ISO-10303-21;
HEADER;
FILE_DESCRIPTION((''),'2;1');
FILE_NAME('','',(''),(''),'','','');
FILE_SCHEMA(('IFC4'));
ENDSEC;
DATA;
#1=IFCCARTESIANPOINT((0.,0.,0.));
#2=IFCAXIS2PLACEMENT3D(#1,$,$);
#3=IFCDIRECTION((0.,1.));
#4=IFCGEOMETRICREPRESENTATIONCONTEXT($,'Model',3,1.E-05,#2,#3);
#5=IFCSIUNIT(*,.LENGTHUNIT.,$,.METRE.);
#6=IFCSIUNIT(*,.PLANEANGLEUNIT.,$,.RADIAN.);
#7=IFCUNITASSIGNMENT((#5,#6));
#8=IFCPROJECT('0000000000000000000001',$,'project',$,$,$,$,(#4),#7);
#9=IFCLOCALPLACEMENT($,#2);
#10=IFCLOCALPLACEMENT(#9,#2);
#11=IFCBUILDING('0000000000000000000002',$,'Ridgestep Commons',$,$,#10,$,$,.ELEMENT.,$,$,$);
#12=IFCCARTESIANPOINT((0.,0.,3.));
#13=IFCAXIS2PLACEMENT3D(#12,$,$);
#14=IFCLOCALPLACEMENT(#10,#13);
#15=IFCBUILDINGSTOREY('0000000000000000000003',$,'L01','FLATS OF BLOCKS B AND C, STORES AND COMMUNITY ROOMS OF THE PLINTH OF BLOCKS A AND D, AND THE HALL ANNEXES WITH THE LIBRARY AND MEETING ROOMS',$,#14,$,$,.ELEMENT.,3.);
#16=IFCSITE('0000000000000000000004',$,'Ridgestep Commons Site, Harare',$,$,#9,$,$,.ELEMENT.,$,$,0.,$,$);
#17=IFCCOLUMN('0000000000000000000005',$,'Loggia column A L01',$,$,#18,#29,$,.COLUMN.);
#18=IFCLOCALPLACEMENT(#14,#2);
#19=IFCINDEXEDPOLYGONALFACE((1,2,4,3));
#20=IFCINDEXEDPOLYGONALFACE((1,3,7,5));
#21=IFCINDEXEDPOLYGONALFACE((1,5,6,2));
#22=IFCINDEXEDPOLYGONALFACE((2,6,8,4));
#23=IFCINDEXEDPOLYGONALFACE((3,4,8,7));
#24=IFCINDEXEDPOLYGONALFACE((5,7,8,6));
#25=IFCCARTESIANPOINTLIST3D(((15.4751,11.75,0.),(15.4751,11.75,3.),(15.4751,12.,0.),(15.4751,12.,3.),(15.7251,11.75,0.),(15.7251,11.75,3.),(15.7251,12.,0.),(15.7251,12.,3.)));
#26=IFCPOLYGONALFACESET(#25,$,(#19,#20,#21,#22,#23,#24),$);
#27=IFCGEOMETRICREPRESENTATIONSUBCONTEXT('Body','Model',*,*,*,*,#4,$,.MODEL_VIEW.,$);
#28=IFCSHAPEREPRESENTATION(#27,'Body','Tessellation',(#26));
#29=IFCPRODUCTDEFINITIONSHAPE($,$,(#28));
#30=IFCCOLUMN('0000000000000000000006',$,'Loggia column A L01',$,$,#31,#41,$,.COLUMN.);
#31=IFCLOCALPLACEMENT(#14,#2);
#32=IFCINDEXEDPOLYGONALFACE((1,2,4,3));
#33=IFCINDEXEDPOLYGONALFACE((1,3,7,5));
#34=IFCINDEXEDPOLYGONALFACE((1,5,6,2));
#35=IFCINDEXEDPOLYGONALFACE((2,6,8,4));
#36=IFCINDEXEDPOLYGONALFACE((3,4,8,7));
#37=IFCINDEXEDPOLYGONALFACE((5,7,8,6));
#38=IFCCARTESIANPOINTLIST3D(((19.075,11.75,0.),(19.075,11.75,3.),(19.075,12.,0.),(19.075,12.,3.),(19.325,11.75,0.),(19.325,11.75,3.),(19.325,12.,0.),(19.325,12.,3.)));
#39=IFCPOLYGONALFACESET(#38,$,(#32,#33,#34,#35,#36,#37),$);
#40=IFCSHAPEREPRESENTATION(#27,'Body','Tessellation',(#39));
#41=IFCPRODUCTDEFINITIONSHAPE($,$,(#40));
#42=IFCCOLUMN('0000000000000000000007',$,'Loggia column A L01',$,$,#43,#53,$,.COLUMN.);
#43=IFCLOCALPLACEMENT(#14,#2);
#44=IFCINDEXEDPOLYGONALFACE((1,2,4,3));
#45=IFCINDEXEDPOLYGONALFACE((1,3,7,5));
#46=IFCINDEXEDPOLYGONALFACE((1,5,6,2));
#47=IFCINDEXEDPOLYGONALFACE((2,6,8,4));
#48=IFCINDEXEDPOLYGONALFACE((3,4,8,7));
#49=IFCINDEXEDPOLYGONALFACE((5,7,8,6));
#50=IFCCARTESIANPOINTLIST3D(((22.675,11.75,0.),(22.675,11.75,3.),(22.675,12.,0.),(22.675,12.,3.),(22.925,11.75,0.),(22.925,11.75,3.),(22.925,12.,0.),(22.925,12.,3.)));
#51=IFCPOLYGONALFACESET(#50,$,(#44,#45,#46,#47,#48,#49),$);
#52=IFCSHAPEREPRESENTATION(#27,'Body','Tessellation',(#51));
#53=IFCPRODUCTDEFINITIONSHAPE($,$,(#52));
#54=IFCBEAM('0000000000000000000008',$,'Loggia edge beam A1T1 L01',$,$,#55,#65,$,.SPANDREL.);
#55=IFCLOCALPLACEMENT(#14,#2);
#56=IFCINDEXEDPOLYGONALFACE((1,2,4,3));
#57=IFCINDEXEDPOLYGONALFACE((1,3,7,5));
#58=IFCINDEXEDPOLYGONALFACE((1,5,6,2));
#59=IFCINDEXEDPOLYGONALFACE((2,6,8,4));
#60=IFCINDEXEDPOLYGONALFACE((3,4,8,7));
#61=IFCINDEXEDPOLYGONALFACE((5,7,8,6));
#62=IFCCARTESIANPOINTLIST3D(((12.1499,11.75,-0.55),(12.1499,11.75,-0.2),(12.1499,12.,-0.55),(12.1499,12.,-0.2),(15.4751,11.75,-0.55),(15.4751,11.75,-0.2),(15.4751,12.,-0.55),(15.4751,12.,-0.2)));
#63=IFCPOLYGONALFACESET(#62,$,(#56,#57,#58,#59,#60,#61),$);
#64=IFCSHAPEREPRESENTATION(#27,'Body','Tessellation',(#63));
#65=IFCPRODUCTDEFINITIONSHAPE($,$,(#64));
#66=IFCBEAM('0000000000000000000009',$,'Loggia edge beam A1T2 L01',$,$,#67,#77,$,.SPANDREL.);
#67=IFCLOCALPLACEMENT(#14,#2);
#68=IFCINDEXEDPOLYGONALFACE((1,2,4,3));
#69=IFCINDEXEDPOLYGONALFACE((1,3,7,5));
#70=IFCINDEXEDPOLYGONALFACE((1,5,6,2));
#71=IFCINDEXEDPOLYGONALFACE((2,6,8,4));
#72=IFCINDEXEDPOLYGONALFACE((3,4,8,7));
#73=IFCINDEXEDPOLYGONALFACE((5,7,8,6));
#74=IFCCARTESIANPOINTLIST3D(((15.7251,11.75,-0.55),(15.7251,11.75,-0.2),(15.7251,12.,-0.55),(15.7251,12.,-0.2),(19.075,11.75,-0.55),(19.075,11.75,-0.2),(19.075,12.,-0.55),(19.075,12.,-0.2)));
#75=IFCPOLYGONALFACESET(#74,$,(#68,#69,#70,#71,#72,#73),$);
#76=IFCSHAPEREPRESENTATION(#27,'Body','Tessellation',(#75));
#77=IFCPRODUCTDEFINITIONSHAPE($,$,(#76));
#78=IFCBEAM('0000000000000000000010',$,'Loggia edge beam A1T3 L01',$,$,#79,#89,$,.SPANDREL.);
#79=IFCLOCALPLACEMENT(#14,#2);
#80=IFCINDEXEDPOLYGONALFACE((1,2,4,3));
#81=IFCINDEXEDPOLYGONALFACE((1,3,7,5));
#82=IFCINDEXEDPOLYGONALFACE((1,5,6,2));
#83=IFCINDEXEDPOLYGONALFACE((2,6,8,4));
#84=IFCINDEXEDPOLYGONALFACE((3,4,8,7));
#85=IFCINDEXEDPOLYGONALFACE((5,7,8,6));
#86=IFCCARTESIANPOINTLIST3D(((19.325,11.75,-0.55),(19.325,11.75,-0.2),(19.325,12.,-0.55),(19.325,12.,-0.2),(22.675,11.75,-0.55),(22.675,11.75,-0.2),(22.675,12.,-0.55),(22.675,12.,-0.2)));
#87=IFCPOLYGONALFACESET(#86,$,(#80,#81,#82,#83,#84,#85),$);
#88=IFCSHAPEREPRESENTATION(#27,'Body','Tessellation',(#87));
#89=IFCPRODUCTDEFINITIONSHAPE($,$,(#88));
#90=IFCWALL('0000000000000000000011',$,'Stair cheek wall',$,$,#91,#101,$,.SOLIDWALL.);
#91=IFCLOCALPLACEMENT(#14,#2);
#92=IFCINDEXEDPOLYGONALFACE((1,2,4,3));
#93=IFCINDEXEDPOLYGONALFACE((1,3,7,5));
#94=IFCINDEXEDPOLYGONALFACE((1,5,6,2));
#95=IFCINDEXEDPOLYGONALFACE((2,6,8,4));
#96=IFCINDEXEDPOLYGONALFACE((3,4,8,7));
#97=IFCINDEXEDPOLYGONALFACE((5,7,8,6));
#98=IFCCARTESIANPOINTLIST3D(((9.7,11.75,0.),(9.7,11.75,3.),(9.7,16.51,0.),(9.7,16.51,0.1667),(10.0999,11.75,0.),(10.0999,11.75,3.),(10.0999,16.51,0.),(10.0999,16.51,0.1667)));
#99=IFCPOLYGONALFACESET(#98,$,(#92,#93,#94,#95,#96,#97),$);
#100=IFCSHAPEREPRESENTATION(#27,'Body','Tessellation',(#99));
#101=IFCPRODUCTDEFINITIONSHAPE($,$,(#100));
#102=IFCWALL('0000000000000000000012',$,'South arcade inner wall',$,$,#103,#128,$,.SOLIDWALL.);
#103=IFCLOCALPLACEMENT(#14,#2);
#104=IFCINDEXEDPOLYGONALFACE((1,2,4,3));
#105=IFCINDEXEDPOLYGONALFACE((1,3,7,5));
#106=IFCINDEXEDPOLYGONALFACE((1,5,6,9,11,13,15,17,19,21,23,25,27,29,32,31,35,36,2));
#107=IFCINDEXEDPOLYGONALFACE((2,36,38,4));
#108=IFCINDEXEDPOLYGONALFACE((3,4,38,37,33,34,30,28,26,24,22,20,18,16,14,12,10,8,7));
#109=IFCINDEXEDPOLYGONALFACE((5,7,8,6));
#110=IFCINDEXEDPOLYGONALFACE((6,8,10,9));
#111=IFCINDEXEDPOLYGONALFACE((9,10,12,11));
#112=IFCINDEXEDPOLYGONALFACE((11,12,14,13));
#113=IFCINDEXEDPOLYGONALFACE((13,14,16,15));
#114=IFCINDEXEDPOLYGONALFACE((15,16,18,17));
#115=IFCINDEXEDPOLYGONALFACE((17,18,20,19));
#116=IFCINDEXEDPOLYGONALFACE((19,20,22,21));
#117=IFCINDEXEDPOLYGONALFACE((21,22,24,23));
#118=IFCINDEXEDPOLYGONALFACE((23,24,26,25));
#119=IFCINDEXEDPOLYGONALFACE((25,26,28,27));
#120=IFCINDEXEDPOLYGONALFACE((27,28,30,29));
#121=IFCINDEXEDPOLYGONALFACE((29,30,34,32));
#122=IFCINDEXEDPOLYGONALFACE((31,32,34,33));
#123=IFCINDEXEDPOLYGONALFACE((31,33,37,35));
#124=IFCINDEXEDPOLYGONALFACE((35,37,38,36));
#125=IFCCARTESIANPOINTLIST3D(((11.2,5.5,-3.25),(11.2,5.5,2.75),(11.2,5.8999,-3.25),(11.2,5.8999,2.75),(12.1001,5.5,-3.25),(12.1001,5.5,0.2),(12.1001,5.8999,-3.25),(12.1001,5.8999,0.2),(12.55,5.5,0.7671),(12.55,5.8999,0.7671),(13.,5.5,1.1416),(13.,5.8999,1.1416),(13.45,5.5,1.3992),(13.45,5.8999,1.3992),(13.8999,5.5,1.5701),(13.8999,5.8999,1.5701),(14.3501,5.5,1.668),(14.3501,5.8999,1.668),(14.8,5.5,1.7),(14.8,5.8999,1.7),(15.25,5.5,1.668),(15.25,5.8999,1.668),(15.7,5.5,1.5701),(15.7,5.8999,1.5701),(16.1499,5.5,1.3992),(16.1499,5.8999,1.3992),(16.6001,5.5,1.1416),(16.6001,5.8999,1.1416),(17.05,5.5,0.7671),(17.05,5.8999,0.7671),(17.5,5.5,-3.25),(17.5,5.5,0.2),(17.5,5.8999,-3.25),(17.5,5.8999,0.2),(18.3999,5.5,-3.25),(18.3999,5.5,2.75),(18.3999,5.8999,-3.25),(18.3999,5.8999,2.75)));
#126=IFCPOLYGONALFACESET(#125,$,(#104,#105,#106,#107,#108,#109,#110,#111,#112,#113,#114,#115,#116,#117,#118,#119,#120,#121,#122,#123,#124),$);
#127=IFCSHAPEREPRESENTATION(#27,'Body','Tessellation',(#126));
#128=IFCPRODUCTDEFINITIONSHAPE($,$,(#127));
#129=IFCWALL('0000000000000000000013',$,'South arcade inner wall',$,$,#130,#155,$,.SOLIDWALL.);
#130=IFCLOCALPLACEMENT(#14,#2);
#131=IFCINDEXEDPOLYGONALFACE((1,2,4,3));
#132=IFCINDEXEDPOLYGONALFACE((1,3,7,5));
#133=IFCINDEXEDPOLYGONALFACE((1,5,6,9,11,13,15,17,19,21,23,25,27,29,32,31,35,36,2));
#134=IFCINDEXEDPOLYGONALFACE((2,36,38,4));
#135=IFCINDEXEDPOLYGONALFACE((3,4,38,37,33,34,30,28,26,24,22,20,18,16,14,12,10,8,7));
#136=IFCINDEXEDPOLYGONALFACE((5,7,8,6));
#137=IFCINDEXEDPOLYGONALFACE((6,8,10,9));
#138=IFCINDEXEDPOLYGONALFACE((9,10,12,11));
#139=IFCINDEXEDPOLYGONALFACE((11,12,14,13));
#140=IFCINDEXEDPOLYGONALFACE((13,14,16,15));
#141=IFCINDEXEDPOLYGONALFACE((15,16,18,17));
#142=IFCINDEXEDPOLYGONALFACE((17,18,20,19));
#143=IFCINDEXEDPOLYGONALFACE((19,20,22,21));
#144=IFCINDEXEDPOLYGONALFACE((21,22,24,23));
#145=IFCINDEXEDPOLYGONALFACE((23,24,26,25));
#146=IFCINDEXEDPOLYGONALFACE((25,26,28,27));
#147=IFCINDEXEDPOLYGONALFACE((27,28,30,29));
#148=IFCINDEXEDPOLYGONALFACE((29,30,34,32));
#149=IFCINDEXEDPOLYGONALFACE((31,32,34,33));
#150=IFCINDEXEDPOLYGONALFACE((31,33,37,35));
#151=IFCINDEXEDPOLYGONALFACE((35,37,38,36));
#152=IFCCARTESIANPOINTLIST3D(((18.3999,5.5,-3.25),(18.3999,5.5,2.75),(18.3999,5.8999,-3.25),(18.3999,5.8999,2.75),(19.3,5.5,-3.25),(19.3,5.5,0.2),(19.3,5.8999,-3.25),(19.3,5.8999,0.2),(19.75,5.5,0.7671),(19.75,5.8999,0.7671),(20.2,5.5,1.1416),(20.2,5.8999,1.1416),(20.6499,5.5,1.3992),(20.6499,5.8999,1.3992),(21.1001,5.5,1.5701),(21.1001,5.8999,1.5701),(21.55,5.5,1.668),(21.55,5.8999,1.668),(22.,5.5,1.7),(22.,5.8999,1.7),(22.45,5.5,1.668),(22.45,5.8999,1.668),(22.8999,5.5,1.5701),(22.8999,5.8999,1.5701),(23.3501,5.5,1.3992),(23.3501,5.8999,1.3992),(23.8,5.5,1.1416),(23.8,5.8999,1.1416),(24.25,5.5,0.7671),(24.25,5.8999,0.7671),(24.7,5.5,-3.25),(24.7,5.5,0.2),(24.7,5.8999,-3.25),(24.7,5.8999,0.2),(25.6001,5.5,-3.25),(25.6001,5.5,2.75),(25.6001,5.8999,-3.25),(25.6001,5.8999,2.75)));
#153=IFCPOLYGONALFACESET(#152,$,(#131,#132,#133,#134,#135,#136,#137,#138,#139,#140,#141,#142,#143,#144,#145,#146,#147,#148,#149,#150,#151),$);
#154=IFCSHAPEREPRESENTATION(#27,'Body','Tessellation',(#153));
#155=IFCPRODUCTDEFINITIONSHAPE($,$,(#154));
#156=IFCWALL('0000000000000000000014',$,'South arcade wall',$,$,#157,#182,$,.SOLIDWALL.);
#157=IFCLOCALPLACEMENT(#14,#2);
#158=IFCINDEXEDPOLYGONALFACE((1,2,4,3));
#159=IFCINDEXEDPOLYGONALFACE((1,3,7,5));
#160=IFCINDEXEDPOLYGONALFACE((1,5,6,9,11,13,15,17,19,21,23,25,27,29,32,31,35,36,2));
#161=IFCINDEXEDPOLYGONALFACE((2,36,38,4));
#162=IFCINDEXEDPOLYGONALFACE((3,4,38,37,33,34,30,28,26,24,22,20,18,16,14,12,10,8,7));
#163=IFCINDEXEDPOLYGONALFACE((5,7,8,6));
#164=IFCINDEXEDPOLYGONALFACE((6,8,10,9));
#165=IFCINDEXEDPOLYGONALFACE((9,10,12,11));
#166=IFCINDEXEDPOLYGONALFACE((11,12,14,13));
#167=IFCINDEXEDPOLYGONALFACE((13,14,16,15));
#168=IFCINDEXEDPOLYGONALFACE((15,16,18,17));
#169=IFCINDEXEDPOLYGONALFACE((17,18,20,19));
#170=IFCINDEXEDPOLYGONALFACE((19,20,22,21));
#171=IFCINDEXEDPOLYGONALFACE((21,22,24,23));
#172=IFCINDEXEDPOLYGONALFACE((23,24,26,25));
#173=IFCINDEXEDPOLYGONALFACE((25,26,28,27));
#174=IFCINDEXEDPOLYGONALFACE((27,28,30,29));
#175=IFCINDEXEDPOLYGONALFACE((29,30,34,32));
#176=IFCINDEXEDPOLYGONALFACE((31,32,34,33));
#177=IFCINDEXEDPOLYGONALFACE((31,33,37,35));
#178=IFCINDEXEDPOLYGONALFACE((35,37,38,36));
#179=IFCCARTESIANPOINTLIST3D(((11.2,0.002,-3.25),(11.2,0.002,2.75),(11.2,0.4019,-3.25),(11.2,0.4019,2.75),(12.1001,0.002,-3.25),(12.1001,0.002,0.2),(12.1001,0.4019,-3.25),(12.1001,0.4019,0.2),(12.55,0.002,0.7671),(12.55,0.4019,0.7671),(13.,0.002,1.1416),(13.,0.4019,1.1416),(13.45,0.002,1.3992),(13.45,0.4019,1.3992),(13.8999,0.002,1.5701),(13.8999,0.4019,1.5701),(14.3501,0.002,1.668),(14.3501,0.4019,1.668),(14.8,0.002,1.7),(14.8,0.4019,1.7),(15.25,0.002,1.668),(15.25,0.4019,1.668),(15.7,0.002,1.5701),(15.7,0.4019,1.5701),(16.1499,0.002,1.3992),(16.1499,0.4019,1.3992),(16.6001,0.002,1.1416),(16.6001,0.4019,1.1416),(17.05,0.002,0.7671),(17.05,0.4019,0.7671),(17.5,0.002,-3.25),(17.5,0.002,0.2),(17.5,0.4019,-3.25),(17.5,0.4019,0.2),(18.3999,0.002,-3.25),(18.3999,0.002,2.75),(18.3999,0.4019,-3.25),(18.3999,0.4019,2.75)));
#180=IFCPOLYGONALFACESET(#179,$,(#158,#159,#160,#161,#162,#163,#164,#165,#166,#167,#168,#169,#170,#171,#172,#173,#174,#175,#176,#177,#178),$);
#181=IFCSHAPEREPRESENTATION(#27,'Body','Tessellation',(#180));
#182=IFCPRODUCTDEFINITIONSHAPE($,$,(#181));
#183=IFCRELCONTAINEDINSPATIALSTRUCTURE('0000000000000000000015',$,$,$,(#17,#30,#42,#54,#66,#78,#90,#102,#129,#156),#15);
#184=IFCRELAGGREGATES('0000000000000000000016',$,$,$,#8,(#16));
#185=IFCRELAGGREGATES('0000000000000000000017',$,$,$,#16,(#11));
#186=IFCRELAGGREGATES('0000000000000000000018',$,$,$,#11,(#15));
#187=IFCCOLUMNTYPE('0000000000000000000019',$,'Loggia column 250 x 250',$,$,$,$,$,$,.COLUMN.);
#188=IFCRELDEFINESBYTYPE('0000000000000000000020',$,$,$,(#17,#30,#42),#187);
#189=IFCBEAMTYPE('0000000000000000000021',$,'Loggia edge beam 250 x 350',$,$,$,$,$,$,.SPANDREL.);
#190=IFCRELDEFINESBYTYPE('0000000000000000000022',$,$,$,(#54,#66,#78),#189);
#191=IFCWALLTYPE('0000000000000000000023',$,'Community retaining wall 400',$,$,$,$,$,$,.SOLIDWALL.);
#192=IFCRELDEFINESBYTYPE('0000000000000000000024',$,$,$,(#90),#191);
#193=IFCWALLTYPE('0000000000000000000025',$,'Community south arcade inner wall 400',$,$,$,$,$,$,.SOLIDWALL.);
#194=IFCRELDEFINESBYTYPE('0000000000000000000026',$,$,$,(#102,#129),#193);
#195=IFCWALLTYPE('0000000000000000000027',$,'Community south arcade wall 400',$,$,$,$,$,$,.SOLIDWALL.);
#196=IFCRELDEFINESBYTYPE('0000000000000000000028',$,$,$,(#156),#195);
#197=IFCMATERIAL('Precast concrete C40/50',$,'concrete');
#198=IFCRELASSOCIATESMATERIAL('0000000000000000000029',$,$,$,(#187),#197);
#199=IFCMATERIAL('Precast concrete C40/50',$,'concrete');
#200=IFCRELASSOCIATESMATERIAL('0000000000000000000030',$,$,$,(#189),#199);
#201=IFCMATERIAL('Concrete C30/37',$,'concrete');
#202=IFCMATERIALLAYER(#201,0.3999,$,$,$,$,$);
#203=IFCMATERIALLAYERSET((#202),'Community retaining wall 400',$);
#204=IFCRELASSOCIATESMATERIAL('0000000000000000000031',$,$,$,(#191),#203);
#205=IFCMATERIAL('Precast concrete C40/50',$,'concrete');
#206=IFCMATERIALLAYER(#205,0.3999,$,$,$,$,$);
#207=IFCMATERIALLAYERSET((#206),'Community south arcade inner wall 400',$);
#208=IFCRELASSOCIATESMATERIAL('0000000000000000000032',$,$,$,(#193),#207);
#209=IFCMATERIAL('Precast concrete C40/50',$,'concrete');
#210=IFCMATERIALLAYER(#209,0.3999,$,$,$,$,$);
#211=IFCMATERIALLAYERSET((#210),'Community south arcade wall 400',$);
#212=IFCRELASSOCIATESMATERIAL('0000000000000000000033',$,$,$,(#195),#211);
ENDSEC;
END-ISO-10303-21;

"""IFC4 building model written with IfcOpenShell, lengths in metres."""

from ifc_helpers import new_model, si_unit, direction, frame, origin, origin_2d, place, context, subcontext, project, spatial, polyline, rectangle, outline, extrude, material, layer, layer_set, material_profile, profile_set, type_object, element, save


model = new_model("IFC4")

# Units and contexts
model_context = context("Model", 3, precision=1e-05, world=origin(), true_north=direction((0.0, 1.0)))
body_context = subcontext(model_context, "Body", "Model", "MODEL_VIEW")
ifc_project = project(units=[si_unit("LENGTHUNIT", "METRE"), si_unit("PLANEANGLEUNIT", "RADIAN")], contexts=[model_context])

# Site, building, storey
site_placement = place(None, origin())
site = spatial("IfcSite", under=ifc_project, at=site_placement, Name="Ridgestep Commons Site, Harare", CompositionType="ELEMENT", RefElevation=0.0)
building_placement = place(site_placement, origin())
building = spatial("IfcBuilding", under=site, at=building_placement, Name="Ridgestep Commons", CompositionType="ELEMENT")
storey_placement = place(building_placement, frame((0.0, 0.0, 3.0)))
storey = spatial("IfcBuildingStorey", under=building, at=storey_placement, Name="L01", Description="FLATS OF BLOCKS B AND C, STORES AND COMMUNITY ROOMS OF THE PLINTH OF BLOCKS A AND D, AND THE HALL ANNEXES WITH THE LIBRARY AND MEETING ROOMS", CompositionType="ELEMENT", Elevation=3.0)

# Columns
ifc_material_1 = material(Name="Precast concrete C40/50", Category="concrete")
ifc_material_profile_1 = material_profile(ifc_material_1, rectangle(XDim=0.25, YDim=0.25, at=origin_2d()), Name="PC 250x250")
ifc_profile_set_1 = profile_set([ifc_material_profile_1], Name="Precast concrete C40/50")
column_type = type_object("IfcColumnType", Name="Loggia column 250 x 250", PredefinedType="COLUMN", material=ifc_profile_set_1)
for number, where, z_axis, x_axis, name in (
    (1, (15.6001, 11.875, 0.0), (0.0, 0.0, 1.0), (1.0, 0.0, 0.0), "Loggia column A L01"),
    (2, (19.2, 11.875, 0.0), (0.0, 0.0, 1.0), (1.0, 0.0, 0.0), "Loggia column A L01"),
    (3, (22.8, 11.875, 0.0), (0.0, 0.0, 1.0), (1.0, 0.0, 0.0), "Loggia column A L01"),
):
    element("IfcColumn", number, at=place(storey_placement, frame(where, z_axis=z_axis, x_axis=x_axis)), inside=storey, type_object=column_type, Name=name, PredefinedType="COLUMN", context=body_context, shape_type="SweptSolid", body=[
        extrude(rectangle(XDim=0.25, YDim=0.25, at=origin_2d()), origin(), (0.0, 0.0, 1.0), 3.0),
    ])

# Beams
ifc_material_2 = material(Name="Precast concrete C40/50", Category="concrete")
ifc_material_profile_2 = material_profile(ifc_material_2, rectangle(XDim=0.25, YDim=0.3501, at=origin_2d()), Name="PC 250x350")
ifc_profile_set_2 = profile_set([ifc_material_profile_2], Name="Precast concrete C40/50")
beam_type = type_object("IfcBeamType", Name="Loggia edge beam 250 x 350", PredefinedType="SPANDREL", material=ifc_profile_set_2)
beam_1_placement = place(storey_placement, frame((12.1499, 11.875, -0.375), z_axis=(1.0, 0.0, 0.0), x_axis=(0.0, 1.0, 0.0)))
element("IfcBeam", 4, at=beam_1_placement, inside=storey, type_object=beam_type, Name="Loggia edge beam A1T1 L01", PredefinedType="SPANDREL", context=body_context, shape_type="SweptSolid", body=[
    extrude(rectangle(XDim=0.25, YDim=0.3501, at=origin_2d()), origin(), (0.0, 0.0, 1.0), 3.3252),
])
beam_2_placement = place(storey_placement, frame((15.7251, 11.875, -0.375), z_axis=(1.0, 0.0, 0.0), x_axis=(0.0, 1.0, 0.0)))
element("IfcBeam", 5, at=beam_2_placement, inside=storey, type_object=beam_type, Name="Loggia edge beam A1T2 L01", PredefinedType="SPANDREL", context=body_context, shape_type="SweptSolid", body=[
    extrude(rectangle(XDim=0.25, YDim=0.3501, at=origin_2d()), origin(), (0.0, 0.0, 1.0), 3.3499),
])
beam_3_placement = place(storey_placement, frame((19.325, 11.875, -0.375), z_axis=(1.0, 0.0, 0.0), x_axis=(0.0, 1.0, 0.0)))
element("IfcBeam", 6, at=beam_3_placement, inside=storey, type_object=beam_type, Name="Loggia edge beam A1T3 L01", PredefinedType="SPANDREL", context=body_context, shape_type="SweptSolid", body=[
    extrude(rectangle(XDim=0.25, YDim=0.3501, at=origin_2d()), origin(), (0.0, 0.0, 1.0), 3.3501),
])

# Walls
ifc_material_3 = material(Name="Concrete C30/37", Category="concrete")
ifc_layer_1 = layer(ifc_material_3, 0.3999)
ifc_layer_set_1 = layer_set([ifc_layer_1], Name="Community retaining wall 400")
wall_type_1 = type_object("IfcWallType", Name="Community retaining wall 400", PredefinedType="SOLIDWALL", material=ifc_layer_set_1)
wall_1_placement = place(storey_placement, frame((9.8999, 11.75, 0.0), z_axis=(0.0, 0.0, 1.0), x_axis=(0.0, 1.0, 0.0)))
element("IfcWall", 7, at=wall_1_placement, inside=storey, type_object=wall_type_1, Name="Stair cheek wall", PredefinedType="SOLIDWALL", context=body_context, shape_type="SweptSolid", body=[
    extrude(outline(polyline([(0.0, 0.0), (4.76, 0.0), (4.76, 0.1667), (0.0, 3.0), (0.0, 0.0)])), frame((0.0, 0.2, 0.0), z_axis=(0.0, -1.0, 0.0), x_axis=(1.0, 0.0, 0.0)), (0.0, 0.0, 1.0), 0.3999),
])
ifc_material_4 = material(Name="Precast concrete C40/50", Category="concrete")
ifc_layer_2 = layer(ifc_material_4, 0.3999)
ifc_layer_set_2 = layer_set([ifc_layer_2], Name="Community south arcade inner wall 400")
wall_type_2 = type_object("IfcWallType", Name="Community south arcade inner wall 400", PredefinedType="SOLIDWALL", material=ifc_layer_set_2)
wall_2_placement = place(storey_placement, frame((11.2, 5.5, -3.25), z_axis=(0.0, -1.0, 0.0), x_axis=(1.0, 0.0, 0.0)))
element("IfcWall", 8, at=wall_2_placement, inside=storey, type_object=wall_type_2, Name="South arcade inner wall", PredefinedType="SOLIDWALL", context=body_context, shape_type="SweptSolid", body=[
    extrude(outline(polyline([(0.0, 0.0), (0.9001, 0.0), (0.9001, 3.45), (1.3501, 4.0171), (1.8, 4.3916), (2.25, 4.6492), (2.7, 4.8201), (3.1501, 4.918), (3.6001, 4.95), (4.05, 4.918), (4.5, 4.8201), (4.95, 4.6492), (5.4001, 4.3916), (5.8501, 4.0171), (6.3, 3.45), (6.3, 0.0), (7.2, 0.0), (7.2, 6.0), (0.0, 6.0), (0.0, 0.0)])), origin(), (0.0, 0.0, -1.0), 0.3999),
])
wall_3_placement = place(storey_placement, frame((18.3999, 5.5, -3.25), z_axis=(0.0, -1.0, 0.0), x_axis=(1.0, 0.0, 0.0)))
element("IfcWall", 9, at=wall_3_placement, inside=storey, type_object=wall_type_2, Name="South arcade inner wall", PredefinedType="SOLIDWALL", context=body_context, shape_type="SweptSolid", body=[
    extrude(outline(polyline([(0.0, 0.0), (0.9001, 0.0), (0.9001, 3.45), (1.3501, 4.0171), (1.8, 4.3916), (2.25, 4.6492), (2.7002, 4.8201), (3.1501, 4.918), (3.6001, 4.95), (4.05, 4.918), (4.5, 4.8201), (4.9502, 4.6492), (5.4001, 4.3916), (5.8501, 4.0171), (6.3, 3.45), (6.3, 0.0), (7.2002, 0.0), (7.2002, 6.0), (0.0, 6.0), (0.0, 0.0)])), origin(), (0.0, 0.0, -1.0), 0.3999),
])
ifc_material_5 = material(Name="Precast concrete C40/50", Category="concrete")
ifc_layer_3 = layer(ifc_material_5, 0.3999)
ifc_layer_set_3 = layer_set([ifc_layer_3], Name="Community south arcade wall 400")
wall_type_3 = type_object("IfcWallType", Name="Community south arcade wall 400", PredefinedType="SOLIDWALL", material=ifc_layer_set_3)
wall_4_placement = place(storey_placement, frame((11.2, 0.002, -3.25), z_axis=(0.0, -1.0, 0.0), x_axis=(1.0, 0.0, 0.0)))
element("IfcWall", 10, at=wall_4_placement, inside=storey, type_object=wall_type_3, Name="South arcade wall", PredefinedType="SOLIDWALL", context=body_context, shape_type="SweptSolid", body=[
    extrude(outline(polyline([(0.0, 0.0), (0.9001, 0.0), (0.9001, 3.45), (1.3501, 4.0171), (1.8, 4.3916), (2.25, 4.6492), (2.7, 4.8201), (3.1501, 4.918), (3.6001, 4.95), (4.05, 4.918), (4.5, 4.8201), (4.95, 4.6492), (5.4001, 4.3916), (5.8501, 4.0171), (6.3, 3.45), (6.3, 0.0), (7.2, 0.0), (7.2, 6.0), (0.0, 6.0), (0.0, 0.0)])), origin(), (0.0, 0.0, -1.0), 0.3999),
])

save(model, "model.ifc")
